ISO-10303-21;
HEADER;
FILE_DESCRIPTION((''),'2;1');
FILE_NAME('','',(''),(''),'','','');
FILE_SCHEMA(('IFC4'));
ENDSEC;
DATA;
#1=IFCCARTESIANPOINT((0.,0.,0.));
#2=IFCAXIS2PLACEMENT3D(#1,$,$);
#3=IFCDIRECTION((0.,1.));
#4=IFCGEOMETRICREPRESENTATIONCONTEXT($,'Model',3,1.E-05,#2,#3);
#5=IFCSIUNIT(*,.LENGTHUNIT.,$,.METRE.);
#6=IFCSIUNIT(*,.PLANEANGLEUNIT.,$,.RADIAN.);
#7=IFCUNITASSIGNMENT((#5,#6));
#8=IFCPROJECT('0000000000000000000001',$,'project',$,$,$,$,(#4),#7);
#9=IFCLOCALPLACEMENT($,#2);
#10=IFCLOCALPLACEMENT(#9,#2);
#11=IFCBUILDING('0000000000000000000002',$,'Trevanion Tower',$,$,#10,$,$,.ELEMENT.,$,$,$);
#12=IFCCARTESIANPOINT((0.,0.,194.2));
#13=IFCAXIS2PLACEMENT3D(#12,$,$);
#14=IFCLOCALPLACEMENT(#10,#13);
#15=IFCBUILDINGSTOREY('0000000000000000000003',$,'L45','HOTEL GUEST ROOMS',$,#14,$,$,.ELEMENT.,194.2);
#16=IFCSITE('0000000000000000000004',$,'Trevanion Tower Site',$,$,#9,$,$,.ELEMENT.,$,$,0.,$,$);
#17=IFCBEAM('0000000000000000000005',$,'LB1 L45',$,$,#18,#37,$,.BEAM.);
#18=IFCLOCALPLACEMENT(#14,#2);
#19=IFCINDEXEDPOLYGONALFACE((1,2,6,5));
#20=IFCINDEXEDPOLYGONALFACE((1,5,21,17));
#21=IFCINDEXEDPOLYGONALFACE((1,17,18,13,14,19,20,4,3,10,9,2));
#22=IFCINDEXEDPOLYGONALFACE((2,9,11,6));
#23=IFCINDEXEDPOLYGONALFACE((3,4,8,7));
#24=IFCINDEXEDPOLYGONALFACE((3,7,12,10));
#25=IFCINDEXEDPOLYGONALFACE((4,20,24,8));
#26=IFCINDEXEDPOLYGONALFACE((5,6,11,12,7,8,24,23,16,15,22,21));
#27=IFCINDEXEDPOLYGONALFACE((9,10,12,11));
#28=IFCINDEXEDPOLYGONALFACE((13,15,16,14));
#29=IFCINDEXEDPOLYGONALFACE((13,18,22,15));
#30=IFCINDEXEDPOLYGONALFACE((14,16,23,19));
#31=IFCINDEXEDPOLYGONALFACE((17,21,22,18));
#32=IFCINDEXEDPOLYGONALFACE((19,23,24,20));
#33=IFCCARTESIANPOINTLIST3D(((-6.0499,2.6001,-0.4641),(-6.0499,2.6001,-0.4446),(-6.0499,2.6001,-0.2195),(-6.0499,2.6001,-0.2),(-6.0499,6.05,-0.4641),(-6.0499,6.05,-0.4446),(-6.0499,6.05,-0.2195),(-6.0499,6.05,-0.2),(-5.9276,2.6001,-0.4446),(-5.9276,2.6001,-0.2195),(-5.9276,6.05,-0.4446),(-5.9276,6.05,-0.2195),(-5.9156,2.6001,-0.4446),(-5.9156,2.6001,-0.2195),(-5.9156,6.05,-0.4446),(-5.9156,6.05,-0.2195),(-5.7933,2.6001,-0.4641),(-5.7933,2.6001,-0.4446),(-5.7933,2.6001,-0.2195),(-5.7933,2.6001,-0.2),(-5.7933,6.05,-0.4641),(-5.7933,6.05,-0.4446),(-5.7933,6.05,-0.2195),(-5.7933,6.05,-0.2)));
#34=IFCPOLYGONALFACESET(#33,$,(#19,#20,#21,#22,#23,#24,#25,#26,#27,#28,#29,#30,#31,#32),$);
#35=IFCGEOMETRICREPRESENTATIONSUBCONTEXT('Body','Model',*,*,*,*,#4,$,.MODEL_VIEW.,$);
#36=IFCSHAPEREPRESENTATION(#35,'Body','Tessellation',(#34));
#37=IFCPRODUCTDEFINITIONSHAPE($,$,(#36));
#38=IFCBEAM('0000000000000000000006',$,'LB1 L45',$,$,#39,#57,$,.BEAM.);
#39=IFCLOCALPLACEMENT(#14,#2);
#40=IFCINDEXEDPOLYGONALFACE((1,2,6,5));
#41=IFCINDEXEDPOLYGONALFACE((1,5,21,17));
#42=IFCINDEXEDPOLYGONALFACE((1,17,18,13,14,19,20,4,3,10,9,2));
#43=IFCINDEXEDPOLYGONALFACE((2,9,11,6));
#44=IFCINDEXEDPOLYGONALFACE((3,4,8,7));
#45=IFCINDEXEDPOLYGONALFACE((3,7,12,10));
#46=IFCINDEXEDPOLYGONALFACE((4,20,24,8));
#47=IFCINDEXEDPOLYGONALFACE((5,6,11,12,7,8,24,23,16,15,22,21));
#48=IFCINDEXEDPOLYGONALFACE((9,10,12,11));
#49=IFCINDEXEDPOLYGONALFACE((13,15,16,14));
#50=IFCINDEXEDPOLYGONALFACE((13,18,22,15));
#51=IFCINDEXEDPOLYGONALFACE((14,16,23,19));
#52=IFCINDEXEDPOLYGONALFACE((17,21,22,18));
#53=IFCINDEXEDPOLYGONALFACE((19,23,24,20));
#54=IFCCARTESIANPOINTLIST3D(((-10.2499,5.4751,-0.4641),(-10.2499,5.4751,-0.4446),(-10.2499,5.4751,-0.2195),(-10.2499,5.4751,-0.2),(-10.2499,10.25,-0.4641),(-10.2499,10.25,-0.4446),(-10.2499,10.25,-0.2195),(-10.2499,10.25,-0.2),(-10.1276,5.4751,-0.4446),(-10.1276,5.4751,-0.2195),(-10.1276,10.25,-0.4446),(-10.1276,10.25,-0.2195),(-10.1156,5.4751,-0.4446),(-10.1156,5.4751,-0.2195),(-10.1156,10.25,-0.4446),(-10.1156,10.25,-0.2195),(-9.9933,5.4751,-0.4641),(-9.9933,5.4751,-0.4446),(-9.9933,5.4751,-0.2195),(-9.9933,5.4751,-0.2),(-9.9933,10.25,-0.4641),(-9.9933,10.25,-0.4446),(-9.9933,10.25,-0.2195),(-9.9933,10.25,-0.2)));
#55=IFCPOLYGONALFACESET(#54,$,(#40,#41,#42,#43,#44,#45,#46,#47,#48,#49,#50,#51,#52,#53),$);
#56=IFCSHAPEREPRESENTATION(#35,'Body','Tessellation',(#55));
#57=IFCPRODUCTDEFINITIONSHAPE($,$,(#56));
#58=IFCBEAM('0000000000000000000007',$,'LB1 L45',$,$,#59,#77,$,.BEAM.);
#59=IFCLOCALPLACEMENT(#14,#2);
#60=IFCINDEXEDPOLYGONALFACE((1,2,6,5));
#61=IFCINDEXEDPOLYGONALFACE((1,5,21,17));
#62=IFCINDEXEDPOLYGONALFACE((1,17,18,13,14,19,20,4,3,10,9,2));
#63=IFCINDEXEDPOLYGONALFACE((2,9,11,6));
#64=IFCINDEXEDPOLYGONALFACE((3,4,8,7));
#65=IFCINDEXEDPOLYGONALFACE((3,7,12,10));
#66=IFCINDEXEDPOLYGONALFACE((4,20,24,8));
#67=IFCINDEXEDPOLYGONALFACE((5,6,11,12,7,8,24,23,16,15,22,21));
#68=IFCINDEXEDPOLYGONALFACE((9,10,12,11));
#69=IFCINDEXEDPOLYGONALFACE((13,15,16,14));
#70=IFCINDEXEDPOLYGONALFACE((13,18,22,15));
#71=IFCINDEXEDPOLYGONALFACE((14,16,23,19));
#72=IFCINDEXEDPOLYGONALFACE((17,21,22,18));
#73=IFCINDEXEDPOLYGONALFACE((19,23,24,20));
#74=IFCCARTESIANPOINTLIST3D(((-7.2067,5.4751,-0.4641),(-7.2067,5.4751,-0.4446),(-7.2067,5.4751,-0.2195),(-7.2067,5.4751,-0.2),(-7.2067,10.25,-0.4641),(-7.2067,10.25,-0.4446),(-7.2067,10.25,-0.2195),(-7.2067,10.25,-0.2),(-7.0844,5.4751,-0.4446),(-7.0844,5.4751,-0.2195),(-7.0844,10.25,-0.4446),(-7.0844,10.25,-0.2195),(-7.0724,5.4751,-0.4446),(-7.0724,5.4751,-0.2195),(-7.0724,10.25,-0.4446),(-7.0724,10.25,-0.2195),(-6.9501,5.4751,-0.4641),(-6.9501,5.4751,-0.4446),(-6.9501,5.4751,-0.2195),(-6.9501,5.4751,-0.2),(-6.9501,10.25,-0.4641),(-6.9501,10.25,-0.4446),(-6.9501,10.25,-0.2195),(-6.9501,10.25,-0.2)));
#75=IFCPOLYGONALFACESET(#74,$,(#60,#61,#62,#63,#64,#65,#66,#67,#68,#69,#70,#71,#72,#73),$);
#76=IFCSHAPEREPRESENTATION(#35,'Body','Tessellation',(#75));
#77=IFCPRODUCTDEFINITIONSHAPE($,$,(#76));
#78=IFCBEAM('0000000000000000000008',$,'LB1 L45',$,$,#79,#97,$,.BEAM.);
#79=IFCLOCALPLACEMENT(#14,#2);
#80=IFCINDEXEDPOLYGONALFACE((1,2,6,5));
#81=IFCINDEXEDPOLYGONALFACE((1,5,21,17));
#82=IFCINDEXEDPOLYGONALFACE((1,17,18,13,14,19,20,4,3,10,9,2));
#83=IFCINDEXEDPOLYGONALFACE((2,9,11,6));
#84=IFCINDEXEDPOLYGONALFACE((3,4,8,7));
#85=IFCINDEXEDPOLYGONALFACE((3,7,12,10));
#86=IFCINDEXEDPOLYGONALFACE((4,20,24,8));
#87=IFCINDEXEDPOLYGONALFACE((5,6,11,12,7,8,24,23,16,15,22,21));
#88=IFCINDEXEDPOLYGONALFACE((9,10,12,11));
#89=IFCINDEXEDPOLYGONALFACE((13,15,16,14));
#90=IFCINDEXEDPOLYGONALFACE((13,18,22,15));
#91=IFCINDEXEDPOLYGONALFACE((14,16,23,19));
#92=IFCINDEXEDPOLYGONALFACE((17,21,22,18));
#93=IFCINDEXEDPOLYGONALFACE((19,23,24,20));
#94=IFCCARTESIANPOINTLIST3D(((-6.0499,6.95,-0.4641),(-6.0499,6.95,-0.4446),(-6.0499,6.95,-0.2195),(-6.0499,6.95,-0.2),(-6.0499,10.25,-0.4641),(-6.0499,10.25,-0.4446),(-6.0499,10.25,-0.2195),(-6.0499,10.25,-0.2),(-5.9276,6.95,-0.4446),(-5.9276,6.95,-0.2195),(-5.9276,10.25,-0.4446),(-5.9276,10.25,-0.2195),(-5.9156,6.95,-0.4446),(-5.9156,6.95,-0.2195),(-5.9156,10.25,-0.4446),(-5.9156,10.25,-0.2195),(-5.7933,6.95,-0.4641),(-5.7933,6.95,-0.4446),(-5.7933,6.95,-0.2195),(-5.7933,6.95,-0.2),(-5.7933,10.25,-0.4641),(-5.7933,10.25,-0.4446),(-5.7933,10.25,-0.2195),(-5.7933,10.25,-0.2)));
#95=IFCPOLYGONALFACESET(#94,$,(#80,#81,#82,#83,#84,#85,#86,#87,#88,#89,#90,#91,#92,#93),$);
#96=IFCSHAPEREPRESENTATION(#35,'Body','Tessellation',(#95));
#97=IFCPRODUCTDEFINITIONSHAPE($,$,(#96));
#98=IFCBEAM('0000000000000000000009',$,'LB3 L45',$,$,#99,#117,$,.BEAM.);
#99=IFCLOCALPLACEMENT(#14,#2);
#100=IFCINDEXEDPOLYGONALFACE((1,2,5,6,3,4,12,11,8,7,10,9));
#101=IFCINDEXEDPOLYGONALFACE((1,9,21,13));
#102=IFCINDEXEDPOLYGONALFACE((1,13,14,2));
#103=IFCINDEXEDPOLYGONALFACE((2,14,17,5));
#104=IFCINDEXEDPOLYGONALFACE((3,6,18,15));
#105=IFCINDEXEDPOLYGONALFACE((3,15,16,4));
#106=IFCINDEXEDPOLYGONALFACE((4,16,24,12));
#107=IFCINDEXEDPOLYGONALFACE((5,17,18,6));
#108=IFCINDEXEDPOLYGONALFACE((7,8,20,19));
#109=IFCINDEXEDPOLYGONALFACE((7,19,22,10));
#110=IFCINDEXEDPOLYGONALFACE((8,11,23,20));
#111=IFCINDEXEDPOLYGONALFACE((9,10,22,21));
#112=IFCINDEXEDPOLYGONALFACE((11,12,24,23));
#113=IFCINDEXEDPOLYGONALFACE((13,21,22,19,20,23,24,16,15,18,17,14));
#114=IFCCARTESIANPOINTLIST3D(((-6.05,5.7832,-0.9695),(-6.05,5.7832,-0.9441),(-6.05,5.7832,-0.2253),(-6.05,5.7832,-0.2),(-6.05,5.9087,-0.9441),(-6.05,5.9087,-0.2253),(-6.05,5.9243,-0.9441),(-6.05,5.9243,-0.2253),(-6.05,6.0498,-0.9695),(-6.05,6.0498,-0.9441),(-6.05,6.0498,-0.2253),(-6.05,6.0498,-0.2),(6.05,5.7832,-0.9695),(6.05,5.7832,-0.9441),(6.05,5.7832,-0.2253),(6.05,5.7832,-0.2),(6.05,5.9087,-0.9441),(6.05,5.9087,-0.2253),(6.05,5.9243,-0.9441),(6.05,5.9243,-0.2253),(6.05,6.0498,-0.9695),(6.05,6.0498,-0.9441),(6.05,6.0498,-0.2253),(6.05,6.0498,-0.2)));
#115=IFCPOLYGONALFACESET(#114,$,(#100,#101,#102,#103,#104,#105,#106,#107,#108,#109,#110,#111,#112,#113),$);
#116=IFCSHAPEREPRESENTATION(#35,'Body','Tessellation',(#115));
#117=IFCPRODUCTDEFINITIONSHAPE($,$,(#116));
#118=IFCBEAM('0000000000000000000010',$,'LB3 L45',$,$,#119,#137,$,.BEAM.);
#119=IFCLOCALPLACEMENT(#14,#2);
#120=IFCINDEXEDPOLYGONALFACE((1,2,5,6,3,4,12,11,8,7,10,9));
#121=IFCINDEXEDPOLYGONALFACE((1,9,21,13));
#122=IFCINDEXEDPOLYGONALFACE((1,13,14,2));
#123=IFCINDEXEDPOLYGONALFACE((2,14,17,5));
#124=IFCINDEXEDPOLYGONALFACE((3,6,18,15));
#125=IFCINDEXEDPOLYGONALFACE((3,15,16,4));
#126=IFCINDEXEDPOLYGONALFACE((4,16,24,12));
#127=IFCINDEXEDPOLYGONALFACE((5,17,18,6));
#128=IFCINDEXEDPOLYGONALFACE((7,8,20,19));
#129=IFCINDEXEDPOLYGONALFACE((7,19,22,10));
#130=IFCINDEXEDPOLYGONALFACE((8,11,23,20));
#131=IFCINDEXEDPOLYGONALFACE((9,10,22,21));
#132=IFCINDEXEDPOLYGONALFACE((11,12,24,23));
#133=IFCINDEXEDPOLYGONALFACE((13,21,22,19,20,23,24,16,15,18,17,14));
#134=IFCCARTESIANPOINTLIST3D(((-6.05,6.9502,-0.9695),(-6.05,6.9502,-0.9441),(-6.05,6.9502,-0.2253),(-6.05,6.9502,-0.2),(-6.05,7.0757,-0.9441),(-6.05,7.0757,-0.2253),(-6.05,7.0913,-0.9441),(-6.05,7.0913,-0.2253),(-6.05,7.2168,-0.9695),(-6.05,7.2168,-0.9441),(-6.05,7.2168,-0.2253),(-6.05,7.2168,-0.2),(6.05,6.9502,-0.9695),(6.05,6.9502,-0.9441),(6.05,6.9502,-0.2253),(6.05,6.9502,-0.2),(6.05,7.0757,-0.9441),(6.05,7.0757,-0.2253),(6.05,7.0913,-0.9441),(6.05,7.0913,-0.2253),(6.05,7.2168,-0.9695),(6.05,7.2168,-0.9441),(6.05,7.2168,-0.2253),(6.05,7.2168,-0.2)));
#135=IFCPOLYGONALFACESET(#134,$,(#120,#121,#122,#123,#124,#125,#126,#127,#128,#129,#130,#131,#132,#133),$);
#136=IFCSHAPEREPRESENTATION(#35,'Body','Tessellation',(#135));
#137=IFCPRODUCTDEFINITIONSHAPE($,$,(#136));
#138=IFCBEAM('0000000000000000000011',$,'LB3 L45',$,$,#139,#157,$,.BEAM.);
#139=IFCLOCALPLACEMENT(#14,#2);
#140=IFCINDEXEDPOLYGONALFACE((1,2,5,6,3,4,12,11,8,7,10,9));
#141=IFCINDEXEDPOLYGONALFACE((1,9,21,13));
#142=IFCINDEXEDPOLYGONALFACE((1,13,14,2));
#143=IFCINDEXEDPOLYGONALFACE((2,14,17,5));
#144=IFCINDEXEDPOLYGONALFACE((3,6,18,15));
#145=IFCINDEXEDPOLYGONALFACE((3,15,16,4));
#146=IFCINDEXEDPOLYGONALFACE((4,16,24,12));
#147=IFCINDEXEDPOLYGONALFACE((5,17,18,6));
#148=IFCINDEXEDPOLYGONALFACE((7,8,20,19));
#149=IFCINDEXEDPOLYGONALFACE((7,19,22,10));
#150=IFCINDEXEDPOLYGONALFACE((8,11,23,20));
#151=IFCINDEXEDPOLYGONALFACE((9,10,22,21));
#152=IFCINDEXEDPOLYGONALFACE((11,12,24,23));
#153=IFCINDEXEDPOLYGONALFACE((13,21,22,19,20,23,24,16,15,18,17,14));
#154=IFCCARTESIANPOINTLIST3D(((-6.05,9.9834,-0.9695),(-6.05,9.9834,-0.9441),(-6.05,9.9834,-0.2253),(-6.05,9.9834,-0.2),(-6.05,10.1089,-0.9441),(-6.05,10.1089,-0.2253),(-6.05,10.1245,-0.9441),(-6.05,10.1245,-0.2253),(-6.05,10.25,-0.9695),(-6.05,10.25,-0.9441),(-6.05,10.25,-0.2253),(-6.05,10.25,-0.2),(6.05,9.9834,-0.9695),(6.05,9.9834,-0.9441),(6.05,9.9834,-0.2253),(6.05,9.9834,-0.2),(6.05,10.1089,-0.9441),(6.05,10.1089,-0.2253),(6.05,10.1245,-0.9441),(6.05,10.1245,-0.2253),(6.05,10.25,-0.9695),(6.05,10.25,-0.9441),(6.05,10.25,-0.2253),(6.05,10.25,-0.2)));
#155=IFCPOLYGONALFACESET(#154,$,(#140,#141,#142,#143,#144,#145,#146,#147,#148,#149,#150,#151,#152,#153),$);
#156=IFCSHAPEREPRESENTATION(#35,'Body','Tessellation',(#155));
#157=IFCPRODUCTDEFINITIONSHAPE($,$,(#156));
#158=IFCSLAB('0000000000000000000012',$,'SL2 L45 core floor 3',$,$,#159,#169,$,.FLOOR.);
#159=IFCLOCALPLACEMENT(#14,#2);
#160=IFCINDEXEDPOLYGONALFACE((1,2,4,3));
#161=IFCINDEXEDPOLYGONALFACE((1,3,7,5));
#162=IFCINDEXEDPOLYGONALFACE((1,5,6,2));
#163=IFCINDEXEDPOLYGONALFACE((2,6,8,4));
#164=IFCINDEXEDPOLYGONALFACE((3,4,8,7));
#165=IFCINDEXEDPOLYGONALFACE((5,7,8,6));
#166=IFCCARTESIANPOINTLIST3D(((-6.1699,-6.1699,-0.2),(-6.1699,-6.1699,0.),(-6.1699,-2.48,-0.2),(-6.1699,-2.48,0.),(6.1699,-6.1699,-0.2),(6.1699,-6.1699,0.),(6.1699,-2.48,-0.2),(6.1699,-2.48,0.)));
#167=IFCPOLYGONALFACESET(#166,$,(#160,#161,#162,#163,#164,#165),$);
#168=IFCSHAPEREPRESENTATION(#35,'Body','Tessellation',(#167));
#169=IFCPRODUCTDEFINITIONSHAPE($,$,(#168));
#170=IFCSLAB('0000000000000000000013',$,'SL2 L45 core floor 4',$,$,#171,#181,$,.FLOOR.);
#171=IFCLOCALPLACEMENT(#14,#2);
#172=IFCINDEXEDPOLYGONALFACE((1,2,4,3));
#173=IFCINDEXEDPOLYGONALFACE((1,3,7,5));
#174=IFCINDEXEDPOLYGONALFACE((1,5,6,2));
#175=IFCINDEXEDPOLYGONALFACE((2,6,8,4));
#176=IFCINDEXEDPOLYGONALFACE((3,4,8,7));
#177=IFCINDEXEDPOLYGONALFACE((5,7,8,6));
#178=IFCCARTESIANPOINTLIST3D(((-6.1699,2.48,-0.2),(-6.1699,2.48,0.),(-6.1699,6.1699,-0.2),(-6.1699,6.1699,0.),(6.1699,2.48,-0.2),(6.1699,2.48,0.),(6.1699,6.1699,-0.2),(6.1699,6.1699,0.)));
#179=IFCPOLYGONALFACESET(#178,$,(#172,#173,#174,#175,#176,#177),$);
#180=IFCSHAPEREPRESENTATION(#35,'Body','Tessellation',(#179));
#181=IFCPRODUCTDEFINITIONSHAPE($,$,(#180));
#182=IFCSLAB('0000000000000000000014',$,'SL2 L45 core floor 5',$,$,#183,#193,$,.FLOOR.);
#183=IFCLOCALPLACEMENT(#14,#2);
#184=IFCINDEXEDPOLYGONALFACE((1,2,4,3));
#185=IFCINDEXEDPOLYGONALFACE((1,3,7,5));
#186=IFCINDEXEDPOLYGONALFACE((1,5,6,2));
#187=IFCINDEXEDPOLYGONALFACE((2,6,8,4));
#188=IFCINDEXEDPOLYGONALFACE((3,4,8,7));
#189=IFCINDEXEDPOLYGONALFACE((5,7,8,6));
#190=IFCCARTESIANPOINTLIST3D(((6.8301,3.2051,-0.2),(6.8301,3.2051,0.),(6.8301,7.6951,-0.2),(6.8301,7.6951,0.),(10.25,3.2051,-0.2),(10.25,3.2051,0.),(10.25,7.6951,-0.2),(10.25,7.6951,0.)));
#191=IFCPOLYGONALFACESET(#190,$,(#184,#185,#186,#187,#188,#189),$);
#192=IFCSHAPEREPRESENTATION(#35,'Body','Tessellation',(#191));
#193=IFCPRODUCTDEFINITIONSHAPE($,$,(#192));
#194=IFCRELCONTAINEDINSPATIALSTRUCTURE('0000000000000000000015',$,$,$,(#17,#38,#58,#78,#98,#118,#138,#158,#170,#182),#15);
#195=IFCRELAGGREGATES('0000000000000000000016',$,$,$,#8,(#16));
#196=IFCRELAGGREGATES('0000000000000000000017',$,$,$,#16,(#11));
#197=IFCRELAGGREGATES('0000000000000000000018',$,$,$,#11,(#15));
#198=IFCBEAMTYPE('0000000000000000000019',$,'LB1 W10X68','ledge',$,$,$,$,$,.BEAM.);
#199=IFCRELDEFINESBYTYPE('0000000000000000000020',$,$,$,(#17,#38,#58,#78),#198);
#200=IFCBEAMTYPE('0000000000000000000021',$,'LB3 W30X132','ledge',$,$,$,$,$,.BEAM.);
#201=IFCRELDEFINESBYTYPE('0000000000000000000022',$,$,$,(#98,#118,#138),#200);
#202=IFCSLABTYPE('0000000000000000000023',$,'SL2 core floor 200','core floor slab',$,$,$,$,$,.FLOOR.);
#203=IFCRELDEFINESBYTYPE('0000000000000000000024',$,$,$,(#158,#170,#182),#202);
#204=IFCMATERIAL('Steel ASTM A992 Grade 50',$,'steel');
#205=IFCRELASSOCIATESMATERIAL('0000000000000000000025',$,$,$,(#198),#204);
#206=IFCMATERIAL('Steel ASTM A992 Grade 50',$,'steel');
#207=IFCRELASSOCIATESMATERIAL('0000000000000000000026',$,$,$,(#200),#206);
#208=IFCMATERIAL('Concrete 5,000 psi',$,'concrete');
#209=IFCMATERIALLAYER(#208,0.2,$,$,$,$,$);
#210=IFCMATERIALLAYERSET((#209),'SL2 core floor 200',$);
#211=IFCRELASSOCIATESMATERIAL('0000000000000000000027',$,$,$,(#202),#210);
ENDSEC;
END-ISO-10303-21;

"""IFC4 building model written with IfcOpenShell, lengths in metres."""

from ifc_helpers import new_model, si_unit, direction, frame, origin, origin_2d, place, context, subcontext, project, spatial, polyline, i_section, outline, extrude, material, layer, layer_set, material_profile, profile_set, type_object, element, save


model = new_model("IFC4")

# Units and contexts
model_context = context("Model", 3, precision=1e-05, world=origin(), true_north=direction((0.0, 1.0)))
body_context = subcontext(model_context, "Body", "Model", "MODEL_VIEW")
ifc_project = project(units=[si_unit("LENGTHUNIT", "METRE"), si_unit("PLANEANGLEUNIT", "RADIAN")], contexts=[model_context])

# Site, building, storey
site_placement = place(None, origin())
site = spatial("IfcSite", under=ifc_project, at=site_placement, Name="Trevanion Tower Site", CompositionType="ELEMENT", RefElevation=0.0)
building_placement = place(site_placement, origin())
building = spatial("IfcBuilding", under=site, at=building_placement, Name="Trevanion Tower", CompositionType="ELEMENT")
storey_placement = place(building_placement, frame((0.0, 0.0, 194.2)))
storey = spatial("IfcBuildingStorey", under=building, at=storey_placement, Name="L45", Description="HOTEL GUEST ROOMS", CompositionType="ELEMENT", Elevation=194.2)

# Beams
ifc_material_1 = material(Name="Steel ASTM A992 Grade 50", Category="steel")
ifc_material_profile_1 = material_profile(ifc_material_1, i_section(OverallWidth=0.2566, OverallDepth=0.2642, WebThickness=0.012, FlangeThickness=0.0195, at=origin_2d()), Name="W10X68")
ifc_profile_set_1 = profile_set([ifc_material_profile_1], Name="Steel ASTM A992 Grade 50")
beam_type_1 = type_object("IfcBeamType", Name="LB1 W10X68", Description="ledge", PredefinedType="BEAM", material=ifc_profile_set_1)
beam_1_placement = place(storey_placement, frame((-5.9216, 2.6001, -0.332), z_axis=(0.0, 1.0, 0.0), x_axis=(-1.0, 0.0, 0.0)))
element("IfcBeam", 1, at=beam_1_placement, inside=storey, type_object=beam_type_1, Name="LB1 L45", PredefinedType="BEAM", context=body_context, shape_type="SweptSolid", body=[
    extrude(i_section(OverallWidth=0.2566, OverallDepth=0.2642, WebThickness=0.012, FlangeThickness=0.0195, at=origin_2d()), origin(), (0.0, 0.0, 1.0), 3.45),
])
for number, where, z_axis, x_axis, name in (
    (2, (-10.1216, 5.4751, -0.332), (0.0, 1.0, 0.0), (-1.0, 0.0, 0.0), "LB1 L45"),
    (3, (-7.0784, 5.4751, -0.332), (0.0, 1.0, 0.0), (-1.0, 0.0, 0.0), "LB1 L45"),
):
    element("IfcBeam", number, at=place(storey_placement, frame(where, z_axis=z_axis, x_axis=x_axis)), inside=storey, type_object=beam_type_1, Name=name, PredefinedType="BEAM", context=body_context, shape_type="SweptSolid", body=[
        extrude(i_section(OverallWidth=0.2566, OverallDepth=0.2642, WebThickness=0.012, FlangeThickness=0.0195, at=origin_2d()), origin(), (0.0, 0.0, 1.0), 4.7749),
    ])
beam_2_placement = place(storey_placement, frame((-5.9216, 6.95, -0.332), z_axis=(0.0, 1.0, 0.0), x_axis=(-1.0, 0.0, 0.0)))
element("IfcBeam", 4, at=beam_2_placement, inside=storey, type_object=beam_type_1, Name="LB1 L45", PredefinedType="BEAM", context=body_context, shape_type="SweptSolid", body=[
    extrude(i_section(OverallWidth=0.2566, OverallDepth=0.2642, WebThickness=0.012, FlangeThickness=0.0195, at=origin_2d()), origin(), (0.0, 0.0, 1.0), 3.3),
])
ifc_material_2 = material(Name="Steel ASTM A992 Grade 50", Category="steel")
ifc_material_profile_2 = material_profile(ifc_material_2, i_section(OverallWidth=0.2666, OverallDepth=0.7695, WebThickness=0.0156, FlangeThickness=0.0254, at=origin_2d()), Name="W30X132")
ifc_profile_set_2 = profile_set([ifc_material_profile_2], Name="Steel ASTM A992 Grade 50")
beam_type_2 = type_object("IfcBeamType", Name="LB3 W30X132", Description="ledge", PredefinedType="BEAM", material=ifc_profile_set_2)
for number, where, z_axis, x_axis, name in (
    (5, (-6.05, 5.9165, -0.5847), (1.0, 0.0, 0.0), (0.0, 1.0, 0.0), "LB3 L45"),
    (6, (-6.05, 7.0835, -0.5847), (1.0, 0.0, 0.0), (0.0, 1.0, 0.0), "LB3 L45"),
    (7, (-6.05, 10.1167, -0.5847), (1.0, 0.0, 0.0), (0.0, 1.0, 0.0), "LB3 L45"),
):
    element("IfcBeam", number, at=place(storey_placement, frame(where, z_axis=z_axis, x_axis=x_axis)), inside=storey, type_object=beam_type_2, Name=name, PredefinedType="BEAM", context=body_context, shape_type="SweptSolid", body=[
        extrude(i_section(OverallWidth=0.2666, OverallDepth=0.7695, WebThickness=0.0156, FlangeThickness=0.0254, at=origin_2d()), origin(), (0.0, 0.0, 1.0), 12.1001),
    ])

# Slabs
ifc_material_3 = material(Name="Concrete 5,000 psi", Category="concrete")
ifc_layer_1 = layer(ifc_material_3, 0.2)
ifc_layer_set_1 = layer_set([ifc_layer_1], Name="SL2 core floor 200")
slab_type_1 = type_object("IfcSlabType", Name="SL2 core floor 200", Description="core floor slab", PredefinedType="FLOOR", material=ifc_layer_set_1)
slab_1_placement = place(storey_placement, frame((0.0, 0.0, -0.2)))
element("IfcSlab", 8, at=slab_1_placement, inside=storey, type_object=slab_type_1, Name="SL2 L45 core floor 3", PredefinedType="FLOOR", context=body_context, shape_type="SweptSolid", body=[
    extrude(outline(polyline([(6.1699, -6.1699), (-6.1699, -6.1699), (-6.1699, -2.48), (6.1699, -2.48), (6.1699, -6.1699)])), origin(), (0.0, 0.0, 1.0), 0.2),
])
slab_2_placement = place(storey_placement, frame((0.0, 0.0, -0.2)))
element("IfcSlab", 9, at=slab_2_placement, inside=storey, type_object=slab_type_1, Name="SL2 L45 core floor 4", PredefinedType="FLOOR", context=body_context, shape_type="SweptSolid", body=[
    extrude(outline(polyline([(6.1699, 2.48), (-6.1699, 2.48), (-6.1699, 6.1699), (6.1699, 6.1699), (6.1699, 2.48)])), origin(), (0.0, 0.0, 1.0), 0.2),
])
slab_3_placement = place(storey_placement, frame((0.0, 0.0, -0.2)))
element("IfcSlab", 10, at=slab_3_placement, inside=storey, type_object=slab_type_1, Name="SL2 L45 core floor 5", PredefinedType="FLOOR", context=body_context, shape_type="SweptSolid", body=[
    extrude(outline(polyline([(6.8301, 3.2051), (6.8301, 7.6951), (10.25, 7.6951), (10.25, 3.2051), (6.8301, 3.2051)])), origin(), (0.0, 0.0, 1.0), 0.2),
])

save(model, "model.ifc")
